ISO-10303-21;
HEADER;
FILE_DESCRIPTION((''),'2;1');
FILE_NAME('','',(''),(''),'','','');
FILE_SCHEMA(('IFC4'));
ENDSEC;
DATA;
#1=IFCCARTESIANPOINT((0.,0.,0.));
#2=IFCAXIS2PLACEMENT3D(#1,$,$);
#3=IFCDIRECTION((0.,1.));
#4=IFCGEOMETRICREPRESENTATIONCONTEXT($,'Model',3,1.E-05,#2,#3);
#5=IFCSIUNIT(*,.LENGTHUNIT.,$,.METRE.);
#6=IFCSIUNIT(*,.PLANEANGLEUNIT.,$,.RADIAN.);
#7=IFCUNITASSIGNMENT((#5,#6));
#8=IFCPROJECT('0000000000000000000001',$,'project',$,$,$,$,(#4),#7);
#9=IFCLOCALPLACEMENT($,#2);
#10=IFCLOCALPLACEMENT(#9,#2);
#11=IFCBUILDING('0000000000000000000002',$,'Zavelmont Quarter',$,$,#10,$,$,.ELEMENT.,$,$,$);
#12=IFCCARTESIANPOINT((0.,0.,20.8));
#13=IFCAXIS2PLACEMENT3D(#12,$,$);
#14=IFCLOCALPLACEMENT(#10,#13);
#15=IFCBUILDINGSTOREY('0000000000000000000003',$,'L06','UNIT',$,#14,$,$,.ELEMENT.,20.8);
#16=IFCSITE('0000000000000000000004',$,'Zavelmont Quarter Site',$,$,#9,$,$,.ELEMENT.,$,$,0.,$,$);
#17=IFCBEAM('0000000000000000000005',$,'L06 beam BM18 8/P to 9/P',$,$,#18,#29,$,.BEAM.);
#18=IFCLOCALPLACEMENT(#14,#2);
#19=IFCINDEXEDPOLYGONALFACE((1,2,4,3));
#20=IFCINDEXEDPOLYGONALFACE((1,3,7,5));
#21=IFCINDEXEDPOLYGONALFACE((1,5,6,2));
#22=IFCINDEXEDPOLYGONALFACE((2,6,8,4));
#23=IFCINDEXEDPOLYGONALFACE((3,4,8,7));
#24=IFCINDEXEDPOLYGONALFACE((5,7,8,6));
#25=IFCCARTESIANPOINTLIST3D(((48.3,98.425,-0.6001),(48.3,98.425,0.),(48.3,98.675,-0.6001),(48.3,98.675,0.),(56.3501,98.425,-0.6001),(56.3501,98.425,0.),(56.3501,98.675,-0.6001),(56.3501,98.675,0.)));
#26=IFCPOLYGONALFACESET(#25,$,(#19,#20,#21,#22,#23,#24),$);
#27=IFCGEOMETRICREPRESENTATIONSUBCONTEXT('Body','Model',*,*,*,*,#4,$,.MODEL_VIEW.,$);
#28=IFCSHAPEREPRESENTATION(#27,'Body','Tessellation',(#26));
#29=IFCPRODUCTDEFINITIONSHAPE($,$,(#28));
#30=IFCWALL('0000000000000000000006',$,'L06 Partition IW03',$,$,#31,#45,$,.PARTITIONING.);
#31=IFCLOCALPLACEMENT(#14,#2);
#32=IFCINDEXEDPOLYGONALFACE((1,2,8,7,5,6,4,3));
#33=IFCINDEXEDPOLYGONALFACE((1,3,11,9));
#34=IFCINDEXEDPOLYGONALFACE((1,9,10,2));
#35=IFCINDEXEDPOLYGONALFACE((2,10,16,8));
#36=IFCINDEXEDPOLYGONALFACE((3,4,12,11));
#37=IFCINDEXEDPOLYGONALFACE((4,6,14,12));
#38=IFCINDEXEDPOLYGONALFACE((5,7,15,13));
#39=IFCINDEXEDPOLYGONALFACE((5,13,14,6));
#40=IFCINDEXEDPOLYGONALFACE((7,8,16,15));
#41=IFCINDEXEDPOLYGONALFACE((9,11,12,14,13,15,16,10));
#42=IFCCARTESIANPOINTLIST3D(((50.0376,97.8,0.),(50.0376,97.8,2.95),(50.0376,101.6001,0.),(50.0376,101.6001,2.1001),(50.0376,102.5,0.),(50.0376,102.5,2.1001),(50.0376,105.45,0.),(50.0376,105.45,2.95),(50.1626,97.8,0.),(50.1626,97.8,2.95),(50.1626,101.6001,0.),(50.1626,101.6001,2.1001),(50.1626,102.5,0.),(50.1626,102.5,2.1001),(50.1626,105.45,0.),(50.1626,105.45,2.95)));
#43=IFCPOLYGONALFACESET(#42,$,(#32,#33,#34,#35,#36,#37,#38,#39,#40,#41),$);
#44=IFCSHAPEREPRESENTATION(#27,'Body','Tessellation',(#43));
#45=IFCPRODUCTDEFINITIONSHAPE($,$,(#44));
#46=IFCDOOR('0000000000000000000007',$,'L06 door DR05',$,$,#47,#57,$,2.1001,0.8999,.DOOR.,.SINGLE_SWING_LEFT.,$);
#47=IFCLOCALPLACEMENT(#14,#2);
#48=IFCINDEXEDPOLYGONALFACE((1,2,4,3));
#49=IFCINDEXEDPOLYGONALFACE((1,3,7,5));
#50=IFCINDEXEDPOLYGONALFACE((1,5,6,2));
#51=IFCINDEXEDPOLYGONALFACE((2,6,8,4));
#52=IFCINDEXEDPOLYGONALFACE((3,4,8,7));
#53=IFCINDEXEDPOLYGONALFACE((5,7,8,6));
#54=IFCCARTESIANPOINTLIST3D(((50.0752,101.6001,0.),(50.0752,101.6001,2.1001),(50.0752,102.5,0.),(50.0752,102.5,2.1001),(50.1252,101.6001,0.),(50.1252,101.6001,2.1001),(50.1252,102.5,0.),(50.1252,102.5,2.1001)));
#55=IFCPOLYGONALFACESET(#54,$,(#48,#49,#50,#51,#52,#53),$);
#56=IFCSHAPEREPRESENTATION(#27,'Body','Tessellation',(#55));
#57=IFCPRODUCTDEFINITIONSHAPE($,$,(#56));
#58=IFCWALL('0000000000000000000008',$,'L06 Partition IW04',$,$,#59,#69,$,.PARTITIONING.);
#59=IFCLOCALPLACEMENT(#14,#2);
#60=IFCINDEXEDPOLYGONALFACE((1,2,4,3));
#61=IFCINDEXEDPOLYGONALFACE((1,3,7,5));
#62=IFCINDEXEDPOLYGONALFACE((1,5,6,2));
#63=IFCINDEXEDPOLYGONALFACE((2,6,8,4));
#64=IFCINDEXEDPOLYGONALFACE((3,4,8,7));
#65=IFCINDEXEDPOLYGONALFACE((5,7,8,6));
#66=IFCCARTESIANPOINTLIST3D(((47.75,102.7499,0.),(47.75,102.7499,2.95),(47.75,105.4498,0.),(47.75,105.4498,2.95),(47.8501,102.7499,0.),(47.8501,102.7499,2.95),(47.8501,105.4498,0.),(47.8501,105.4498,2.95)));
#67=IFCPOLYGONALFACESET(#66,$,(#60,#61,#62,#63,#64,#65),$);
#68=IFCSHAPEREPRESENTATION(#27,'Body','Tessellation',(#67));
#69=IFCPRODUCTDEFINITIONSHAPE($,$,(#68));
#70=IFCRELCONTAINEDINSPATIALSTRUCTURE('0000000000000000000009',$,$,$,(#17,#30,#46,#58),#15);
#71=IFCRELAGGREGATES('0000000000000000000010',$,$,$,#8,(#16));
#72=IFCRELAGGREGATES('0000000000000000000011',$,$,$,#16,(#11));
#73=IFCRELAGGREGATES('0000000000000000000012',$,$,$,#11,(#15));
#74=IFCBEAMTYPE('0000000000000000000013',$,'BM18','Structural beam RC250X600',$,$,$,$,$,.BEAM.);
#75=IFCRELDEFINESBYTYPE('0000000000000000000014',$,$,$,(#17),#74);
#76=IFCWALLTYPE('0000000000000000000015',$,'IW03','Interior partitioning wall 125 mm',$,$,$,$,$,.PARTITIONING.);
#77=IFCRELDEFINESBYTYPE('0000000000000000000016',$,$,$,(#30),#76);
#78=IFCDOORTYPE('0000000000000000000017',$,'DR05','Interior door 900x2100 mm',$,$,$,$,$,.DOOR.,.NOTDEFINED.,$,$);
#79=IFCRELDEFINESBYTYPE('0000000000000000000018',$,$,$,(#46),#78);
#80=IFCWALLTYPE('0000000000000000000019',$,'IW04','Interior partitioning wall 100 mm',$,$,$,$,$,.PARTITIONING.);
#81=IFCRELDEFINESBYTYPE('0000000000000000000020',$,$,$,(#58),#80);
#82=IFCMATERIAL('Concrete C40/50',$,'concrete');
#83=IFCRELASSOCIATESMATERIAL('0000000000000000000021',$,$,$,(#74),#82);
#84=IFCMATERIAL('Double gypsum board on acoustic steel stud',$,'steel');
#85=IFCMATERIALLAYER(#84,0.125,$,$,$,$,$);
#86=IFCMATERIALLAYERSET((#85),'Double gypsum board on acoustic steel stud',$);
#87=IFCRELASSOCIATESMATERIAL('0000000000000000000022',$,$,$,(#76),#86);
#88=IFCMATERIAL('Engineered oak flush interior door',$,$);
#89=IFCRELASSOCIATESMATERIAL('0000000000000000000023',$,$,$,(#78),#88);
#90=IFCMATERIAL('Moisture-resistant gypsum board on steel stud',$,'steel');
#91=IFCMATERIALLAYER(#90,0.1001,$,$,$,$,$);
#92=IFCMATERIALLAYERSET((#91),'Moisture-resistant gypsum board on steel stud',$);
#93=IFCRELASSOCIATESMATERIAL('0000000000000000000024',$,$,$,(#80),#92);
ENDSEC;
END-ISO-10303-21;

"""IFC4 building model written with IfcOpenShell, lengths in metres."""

from ifc_helpers import new_model, si_unit, direction, frame, frame_2d, origin, origin_2d, place, context, subcontext, project, spatial, rectangle, extrude, material, layer, layer_set, material_profile, profile_set, type_object, element, fill, save


model = new_model("IFC4")

# Units and contexts
model_context = context("Model", 3, precision=1e-05, world=origin(), true_north=direction((0.0, 1.0)))
body_context = subcontext(model_context, "Body", "Model", "MODEL_VIEW")
ifc_project = project(units=[si_unit("LENGTHUNIT", "METRE"), si_unit("PLANEANGLEUNIT", "RADIAN")], contexts=[model_context])

# Site, building, storey
site_placement = place(None, origin())
site = spatial("IfcSite", under=ifc_project, at=site_placement, Name="Zavelmont Quarter Site", CompositionType="ELEMENT", RefElevation=0.0)
building_placement = place(site_placement, origin())
building = spatial("IfcBuilding", under=site, at=building_placement, Name="Zavelmont Quarter", CompositionType="ELEMENT")
storey_placement = place(building_placement, frame((0.0, 0.0, 20.8)))
storey = spatial("IfcBuildingStorey", under=building, at=storey_placement, Name="L06", Description="UNIT", CompositionType="ELEMENT", Elevation=20.8)

# Beam
ifc_material_1 = material(Name="Concrete C40/50", Category="concrete")
ifc_material_profile_1 = material_profile(ifc_material_1, rectangle(XDim=0.25, YDim=0.6001, at=origin_2d()), Name="RC250X600")
ifc_profile_set_1 = profile_set([ifc_material_profile_1], Name="Concrete C40/50")
beam_type_1 = type_object("IfcBeamType", Name="BM18", Description="Structural beam RC250X600", PredefinedType="BEAM", material=ifc_profile_set_1)
beam_1_placement = place(storey_placement, frame((48.3, 98.55, -0.3), z_axis=(1.0, 0.0, 0.0), x_axis=(0.0, 1.0, 0.0)))
element("IfcBeam", 1, at=beam_1_placement, inside=storey, type_object=beam_type_1, Name="L06 beam BM18 8/P to 9/P", PredefinedType="BEAM", context=body_context, shape_type="SweptSolid", body=[
    extrude(rectangle(XDim=0.25, YDim=0.6001, at=origin_2d()), origin(), (0.0, 0.0, 1.0), 8.05),
])

# Wall, opening, door
ifc_material_2 = material(Name="Double gypsum board on acoustic steel stud", Category="steel")
ifc_layer_1 = layer(ifc_material_2, 0.125)
ifc_layer_set_1 = layer_set([ifc_layer_1], Name="Double gypsum board on acoustic steel stud")
wall_type_1 = type_object("IfcWallType", Name="IW03", Description="Interior partitioning wall 125 mm", PredefinedType="PARTITIONING", material=ifc_layer_set_1)
wall_1_placement = place(storey_placement, frame((50.1001, 105.45, 0.0), z_axis=(0.0, 0.0, 1.0), x_axis=(0.0, -1.0, 0.0)))
wall_1 = element("IfcWall", 2, at=wall_1_placement, inside=storey, type_object=wall_type_1, Name="L06 Partition IW03", PredefinedType="PARTITIONING", context=body_context, shape_type="SweptSolid", body=[
    extrude(rectangle(XDim=7.6499, YDim=0.125, at=frame_2d((3.825, 0.0))), origin(), (0.0, 0.0, 1.0), 2.95),
])
opening_placement = place(wall_1_placement, frame((2.95, 0.0, 0.0)))
opening = element("IfcOpeningElement", 3, at=opening_placement, cuts=wall_1, PredefinedType="OPENING", context=body_context, shape_type="SweptSolid", body=[
    extrude(rectangle(XDim=0.8999, YDim=2.1001, at=frame_2d((0.45, 1.05))), frame((0.0, 0.0745, 0.0), z_axis=(0.0, -1.0, 0.0), x_axis=(1.0, 0.0, 0.0)), (0.0, 0.0, 1.0), 0.1489),
])
ifc_material_3 = material(Name="Engineered oak flush interior door")
door_type = type_object("IfcDoorType", Name="DR05", Description="Interior door 900x2100 mm", OperationType="NOTDEFINED", PredefinedType="DOOR", material=ifc_material_3)
door_placement = place(opening_placement, frame((0.8999, 0.0, 0.0), z_axis=(0.0, 0.0, 1.0), x_axis=(-1.0, 0.0, 0.0)))
door = element("IfcDoor", 4, at=door_placement, inside=storey, type_object=door_type, Name="L06 door DR05", OperationType="SINGLE_SWING_LEFT", OverallHeight=2.1001, OverallWidth=0.8999, PredefinedType="DOOR", context=body_context, shape_type="SweptSolid", body=[
    extrude(rectangle(XDim=0.8999, YDim=2.1001, at=frame_2d((0.45, 1.05))), frame((0.0, 0.0249, 0.0), z_axis=(0.0, -1.0, 0.0), x_axis=(1.0, 0.0, 0.0)), (0.0, 0.0, 1.0), 0.05),
])
fill(opening, door)

# Wall
ifc_material_4 = material(Name="Moisture-resistant gypsum board on steel stud", Category="steel")
ifc_layer_2 = layer(ifc_material_4, 0.1001)
ifc_layer_set_2 = layer_set([ifc_layer_2], Name="Moisture-resistant gypsum board on steel stud")
wall_type_2 = type_object("IfcWallType", Name="IW04", Description="Interior partitioning wall 100 mm", PredefinedType="PARTITIONING", material=ifc_layer_set_2)
wall_2_placement = place(storey_placement, frame((47.8, 105.45, 0.0), z_axis=(0.0, 0.0, 1.0), x_axis=(0.0, -1.0, 0.0)))
element("IfcWall", 5, at=wall_2_placement, inside=storey, type_object=wall_type_2, Name="L06 Partition IW04", PredefinedType="PARTITIONING", context=body_context, shape_type="SweptSolid", body=[
    extrude(rectangle(XDim=2.7, YDim=0.1001, at=frame_2d((1.3501, 0.0))), origin(), (0.0, 0.0, 1.0), 2.95),
])

save(model, "model.ifc")
